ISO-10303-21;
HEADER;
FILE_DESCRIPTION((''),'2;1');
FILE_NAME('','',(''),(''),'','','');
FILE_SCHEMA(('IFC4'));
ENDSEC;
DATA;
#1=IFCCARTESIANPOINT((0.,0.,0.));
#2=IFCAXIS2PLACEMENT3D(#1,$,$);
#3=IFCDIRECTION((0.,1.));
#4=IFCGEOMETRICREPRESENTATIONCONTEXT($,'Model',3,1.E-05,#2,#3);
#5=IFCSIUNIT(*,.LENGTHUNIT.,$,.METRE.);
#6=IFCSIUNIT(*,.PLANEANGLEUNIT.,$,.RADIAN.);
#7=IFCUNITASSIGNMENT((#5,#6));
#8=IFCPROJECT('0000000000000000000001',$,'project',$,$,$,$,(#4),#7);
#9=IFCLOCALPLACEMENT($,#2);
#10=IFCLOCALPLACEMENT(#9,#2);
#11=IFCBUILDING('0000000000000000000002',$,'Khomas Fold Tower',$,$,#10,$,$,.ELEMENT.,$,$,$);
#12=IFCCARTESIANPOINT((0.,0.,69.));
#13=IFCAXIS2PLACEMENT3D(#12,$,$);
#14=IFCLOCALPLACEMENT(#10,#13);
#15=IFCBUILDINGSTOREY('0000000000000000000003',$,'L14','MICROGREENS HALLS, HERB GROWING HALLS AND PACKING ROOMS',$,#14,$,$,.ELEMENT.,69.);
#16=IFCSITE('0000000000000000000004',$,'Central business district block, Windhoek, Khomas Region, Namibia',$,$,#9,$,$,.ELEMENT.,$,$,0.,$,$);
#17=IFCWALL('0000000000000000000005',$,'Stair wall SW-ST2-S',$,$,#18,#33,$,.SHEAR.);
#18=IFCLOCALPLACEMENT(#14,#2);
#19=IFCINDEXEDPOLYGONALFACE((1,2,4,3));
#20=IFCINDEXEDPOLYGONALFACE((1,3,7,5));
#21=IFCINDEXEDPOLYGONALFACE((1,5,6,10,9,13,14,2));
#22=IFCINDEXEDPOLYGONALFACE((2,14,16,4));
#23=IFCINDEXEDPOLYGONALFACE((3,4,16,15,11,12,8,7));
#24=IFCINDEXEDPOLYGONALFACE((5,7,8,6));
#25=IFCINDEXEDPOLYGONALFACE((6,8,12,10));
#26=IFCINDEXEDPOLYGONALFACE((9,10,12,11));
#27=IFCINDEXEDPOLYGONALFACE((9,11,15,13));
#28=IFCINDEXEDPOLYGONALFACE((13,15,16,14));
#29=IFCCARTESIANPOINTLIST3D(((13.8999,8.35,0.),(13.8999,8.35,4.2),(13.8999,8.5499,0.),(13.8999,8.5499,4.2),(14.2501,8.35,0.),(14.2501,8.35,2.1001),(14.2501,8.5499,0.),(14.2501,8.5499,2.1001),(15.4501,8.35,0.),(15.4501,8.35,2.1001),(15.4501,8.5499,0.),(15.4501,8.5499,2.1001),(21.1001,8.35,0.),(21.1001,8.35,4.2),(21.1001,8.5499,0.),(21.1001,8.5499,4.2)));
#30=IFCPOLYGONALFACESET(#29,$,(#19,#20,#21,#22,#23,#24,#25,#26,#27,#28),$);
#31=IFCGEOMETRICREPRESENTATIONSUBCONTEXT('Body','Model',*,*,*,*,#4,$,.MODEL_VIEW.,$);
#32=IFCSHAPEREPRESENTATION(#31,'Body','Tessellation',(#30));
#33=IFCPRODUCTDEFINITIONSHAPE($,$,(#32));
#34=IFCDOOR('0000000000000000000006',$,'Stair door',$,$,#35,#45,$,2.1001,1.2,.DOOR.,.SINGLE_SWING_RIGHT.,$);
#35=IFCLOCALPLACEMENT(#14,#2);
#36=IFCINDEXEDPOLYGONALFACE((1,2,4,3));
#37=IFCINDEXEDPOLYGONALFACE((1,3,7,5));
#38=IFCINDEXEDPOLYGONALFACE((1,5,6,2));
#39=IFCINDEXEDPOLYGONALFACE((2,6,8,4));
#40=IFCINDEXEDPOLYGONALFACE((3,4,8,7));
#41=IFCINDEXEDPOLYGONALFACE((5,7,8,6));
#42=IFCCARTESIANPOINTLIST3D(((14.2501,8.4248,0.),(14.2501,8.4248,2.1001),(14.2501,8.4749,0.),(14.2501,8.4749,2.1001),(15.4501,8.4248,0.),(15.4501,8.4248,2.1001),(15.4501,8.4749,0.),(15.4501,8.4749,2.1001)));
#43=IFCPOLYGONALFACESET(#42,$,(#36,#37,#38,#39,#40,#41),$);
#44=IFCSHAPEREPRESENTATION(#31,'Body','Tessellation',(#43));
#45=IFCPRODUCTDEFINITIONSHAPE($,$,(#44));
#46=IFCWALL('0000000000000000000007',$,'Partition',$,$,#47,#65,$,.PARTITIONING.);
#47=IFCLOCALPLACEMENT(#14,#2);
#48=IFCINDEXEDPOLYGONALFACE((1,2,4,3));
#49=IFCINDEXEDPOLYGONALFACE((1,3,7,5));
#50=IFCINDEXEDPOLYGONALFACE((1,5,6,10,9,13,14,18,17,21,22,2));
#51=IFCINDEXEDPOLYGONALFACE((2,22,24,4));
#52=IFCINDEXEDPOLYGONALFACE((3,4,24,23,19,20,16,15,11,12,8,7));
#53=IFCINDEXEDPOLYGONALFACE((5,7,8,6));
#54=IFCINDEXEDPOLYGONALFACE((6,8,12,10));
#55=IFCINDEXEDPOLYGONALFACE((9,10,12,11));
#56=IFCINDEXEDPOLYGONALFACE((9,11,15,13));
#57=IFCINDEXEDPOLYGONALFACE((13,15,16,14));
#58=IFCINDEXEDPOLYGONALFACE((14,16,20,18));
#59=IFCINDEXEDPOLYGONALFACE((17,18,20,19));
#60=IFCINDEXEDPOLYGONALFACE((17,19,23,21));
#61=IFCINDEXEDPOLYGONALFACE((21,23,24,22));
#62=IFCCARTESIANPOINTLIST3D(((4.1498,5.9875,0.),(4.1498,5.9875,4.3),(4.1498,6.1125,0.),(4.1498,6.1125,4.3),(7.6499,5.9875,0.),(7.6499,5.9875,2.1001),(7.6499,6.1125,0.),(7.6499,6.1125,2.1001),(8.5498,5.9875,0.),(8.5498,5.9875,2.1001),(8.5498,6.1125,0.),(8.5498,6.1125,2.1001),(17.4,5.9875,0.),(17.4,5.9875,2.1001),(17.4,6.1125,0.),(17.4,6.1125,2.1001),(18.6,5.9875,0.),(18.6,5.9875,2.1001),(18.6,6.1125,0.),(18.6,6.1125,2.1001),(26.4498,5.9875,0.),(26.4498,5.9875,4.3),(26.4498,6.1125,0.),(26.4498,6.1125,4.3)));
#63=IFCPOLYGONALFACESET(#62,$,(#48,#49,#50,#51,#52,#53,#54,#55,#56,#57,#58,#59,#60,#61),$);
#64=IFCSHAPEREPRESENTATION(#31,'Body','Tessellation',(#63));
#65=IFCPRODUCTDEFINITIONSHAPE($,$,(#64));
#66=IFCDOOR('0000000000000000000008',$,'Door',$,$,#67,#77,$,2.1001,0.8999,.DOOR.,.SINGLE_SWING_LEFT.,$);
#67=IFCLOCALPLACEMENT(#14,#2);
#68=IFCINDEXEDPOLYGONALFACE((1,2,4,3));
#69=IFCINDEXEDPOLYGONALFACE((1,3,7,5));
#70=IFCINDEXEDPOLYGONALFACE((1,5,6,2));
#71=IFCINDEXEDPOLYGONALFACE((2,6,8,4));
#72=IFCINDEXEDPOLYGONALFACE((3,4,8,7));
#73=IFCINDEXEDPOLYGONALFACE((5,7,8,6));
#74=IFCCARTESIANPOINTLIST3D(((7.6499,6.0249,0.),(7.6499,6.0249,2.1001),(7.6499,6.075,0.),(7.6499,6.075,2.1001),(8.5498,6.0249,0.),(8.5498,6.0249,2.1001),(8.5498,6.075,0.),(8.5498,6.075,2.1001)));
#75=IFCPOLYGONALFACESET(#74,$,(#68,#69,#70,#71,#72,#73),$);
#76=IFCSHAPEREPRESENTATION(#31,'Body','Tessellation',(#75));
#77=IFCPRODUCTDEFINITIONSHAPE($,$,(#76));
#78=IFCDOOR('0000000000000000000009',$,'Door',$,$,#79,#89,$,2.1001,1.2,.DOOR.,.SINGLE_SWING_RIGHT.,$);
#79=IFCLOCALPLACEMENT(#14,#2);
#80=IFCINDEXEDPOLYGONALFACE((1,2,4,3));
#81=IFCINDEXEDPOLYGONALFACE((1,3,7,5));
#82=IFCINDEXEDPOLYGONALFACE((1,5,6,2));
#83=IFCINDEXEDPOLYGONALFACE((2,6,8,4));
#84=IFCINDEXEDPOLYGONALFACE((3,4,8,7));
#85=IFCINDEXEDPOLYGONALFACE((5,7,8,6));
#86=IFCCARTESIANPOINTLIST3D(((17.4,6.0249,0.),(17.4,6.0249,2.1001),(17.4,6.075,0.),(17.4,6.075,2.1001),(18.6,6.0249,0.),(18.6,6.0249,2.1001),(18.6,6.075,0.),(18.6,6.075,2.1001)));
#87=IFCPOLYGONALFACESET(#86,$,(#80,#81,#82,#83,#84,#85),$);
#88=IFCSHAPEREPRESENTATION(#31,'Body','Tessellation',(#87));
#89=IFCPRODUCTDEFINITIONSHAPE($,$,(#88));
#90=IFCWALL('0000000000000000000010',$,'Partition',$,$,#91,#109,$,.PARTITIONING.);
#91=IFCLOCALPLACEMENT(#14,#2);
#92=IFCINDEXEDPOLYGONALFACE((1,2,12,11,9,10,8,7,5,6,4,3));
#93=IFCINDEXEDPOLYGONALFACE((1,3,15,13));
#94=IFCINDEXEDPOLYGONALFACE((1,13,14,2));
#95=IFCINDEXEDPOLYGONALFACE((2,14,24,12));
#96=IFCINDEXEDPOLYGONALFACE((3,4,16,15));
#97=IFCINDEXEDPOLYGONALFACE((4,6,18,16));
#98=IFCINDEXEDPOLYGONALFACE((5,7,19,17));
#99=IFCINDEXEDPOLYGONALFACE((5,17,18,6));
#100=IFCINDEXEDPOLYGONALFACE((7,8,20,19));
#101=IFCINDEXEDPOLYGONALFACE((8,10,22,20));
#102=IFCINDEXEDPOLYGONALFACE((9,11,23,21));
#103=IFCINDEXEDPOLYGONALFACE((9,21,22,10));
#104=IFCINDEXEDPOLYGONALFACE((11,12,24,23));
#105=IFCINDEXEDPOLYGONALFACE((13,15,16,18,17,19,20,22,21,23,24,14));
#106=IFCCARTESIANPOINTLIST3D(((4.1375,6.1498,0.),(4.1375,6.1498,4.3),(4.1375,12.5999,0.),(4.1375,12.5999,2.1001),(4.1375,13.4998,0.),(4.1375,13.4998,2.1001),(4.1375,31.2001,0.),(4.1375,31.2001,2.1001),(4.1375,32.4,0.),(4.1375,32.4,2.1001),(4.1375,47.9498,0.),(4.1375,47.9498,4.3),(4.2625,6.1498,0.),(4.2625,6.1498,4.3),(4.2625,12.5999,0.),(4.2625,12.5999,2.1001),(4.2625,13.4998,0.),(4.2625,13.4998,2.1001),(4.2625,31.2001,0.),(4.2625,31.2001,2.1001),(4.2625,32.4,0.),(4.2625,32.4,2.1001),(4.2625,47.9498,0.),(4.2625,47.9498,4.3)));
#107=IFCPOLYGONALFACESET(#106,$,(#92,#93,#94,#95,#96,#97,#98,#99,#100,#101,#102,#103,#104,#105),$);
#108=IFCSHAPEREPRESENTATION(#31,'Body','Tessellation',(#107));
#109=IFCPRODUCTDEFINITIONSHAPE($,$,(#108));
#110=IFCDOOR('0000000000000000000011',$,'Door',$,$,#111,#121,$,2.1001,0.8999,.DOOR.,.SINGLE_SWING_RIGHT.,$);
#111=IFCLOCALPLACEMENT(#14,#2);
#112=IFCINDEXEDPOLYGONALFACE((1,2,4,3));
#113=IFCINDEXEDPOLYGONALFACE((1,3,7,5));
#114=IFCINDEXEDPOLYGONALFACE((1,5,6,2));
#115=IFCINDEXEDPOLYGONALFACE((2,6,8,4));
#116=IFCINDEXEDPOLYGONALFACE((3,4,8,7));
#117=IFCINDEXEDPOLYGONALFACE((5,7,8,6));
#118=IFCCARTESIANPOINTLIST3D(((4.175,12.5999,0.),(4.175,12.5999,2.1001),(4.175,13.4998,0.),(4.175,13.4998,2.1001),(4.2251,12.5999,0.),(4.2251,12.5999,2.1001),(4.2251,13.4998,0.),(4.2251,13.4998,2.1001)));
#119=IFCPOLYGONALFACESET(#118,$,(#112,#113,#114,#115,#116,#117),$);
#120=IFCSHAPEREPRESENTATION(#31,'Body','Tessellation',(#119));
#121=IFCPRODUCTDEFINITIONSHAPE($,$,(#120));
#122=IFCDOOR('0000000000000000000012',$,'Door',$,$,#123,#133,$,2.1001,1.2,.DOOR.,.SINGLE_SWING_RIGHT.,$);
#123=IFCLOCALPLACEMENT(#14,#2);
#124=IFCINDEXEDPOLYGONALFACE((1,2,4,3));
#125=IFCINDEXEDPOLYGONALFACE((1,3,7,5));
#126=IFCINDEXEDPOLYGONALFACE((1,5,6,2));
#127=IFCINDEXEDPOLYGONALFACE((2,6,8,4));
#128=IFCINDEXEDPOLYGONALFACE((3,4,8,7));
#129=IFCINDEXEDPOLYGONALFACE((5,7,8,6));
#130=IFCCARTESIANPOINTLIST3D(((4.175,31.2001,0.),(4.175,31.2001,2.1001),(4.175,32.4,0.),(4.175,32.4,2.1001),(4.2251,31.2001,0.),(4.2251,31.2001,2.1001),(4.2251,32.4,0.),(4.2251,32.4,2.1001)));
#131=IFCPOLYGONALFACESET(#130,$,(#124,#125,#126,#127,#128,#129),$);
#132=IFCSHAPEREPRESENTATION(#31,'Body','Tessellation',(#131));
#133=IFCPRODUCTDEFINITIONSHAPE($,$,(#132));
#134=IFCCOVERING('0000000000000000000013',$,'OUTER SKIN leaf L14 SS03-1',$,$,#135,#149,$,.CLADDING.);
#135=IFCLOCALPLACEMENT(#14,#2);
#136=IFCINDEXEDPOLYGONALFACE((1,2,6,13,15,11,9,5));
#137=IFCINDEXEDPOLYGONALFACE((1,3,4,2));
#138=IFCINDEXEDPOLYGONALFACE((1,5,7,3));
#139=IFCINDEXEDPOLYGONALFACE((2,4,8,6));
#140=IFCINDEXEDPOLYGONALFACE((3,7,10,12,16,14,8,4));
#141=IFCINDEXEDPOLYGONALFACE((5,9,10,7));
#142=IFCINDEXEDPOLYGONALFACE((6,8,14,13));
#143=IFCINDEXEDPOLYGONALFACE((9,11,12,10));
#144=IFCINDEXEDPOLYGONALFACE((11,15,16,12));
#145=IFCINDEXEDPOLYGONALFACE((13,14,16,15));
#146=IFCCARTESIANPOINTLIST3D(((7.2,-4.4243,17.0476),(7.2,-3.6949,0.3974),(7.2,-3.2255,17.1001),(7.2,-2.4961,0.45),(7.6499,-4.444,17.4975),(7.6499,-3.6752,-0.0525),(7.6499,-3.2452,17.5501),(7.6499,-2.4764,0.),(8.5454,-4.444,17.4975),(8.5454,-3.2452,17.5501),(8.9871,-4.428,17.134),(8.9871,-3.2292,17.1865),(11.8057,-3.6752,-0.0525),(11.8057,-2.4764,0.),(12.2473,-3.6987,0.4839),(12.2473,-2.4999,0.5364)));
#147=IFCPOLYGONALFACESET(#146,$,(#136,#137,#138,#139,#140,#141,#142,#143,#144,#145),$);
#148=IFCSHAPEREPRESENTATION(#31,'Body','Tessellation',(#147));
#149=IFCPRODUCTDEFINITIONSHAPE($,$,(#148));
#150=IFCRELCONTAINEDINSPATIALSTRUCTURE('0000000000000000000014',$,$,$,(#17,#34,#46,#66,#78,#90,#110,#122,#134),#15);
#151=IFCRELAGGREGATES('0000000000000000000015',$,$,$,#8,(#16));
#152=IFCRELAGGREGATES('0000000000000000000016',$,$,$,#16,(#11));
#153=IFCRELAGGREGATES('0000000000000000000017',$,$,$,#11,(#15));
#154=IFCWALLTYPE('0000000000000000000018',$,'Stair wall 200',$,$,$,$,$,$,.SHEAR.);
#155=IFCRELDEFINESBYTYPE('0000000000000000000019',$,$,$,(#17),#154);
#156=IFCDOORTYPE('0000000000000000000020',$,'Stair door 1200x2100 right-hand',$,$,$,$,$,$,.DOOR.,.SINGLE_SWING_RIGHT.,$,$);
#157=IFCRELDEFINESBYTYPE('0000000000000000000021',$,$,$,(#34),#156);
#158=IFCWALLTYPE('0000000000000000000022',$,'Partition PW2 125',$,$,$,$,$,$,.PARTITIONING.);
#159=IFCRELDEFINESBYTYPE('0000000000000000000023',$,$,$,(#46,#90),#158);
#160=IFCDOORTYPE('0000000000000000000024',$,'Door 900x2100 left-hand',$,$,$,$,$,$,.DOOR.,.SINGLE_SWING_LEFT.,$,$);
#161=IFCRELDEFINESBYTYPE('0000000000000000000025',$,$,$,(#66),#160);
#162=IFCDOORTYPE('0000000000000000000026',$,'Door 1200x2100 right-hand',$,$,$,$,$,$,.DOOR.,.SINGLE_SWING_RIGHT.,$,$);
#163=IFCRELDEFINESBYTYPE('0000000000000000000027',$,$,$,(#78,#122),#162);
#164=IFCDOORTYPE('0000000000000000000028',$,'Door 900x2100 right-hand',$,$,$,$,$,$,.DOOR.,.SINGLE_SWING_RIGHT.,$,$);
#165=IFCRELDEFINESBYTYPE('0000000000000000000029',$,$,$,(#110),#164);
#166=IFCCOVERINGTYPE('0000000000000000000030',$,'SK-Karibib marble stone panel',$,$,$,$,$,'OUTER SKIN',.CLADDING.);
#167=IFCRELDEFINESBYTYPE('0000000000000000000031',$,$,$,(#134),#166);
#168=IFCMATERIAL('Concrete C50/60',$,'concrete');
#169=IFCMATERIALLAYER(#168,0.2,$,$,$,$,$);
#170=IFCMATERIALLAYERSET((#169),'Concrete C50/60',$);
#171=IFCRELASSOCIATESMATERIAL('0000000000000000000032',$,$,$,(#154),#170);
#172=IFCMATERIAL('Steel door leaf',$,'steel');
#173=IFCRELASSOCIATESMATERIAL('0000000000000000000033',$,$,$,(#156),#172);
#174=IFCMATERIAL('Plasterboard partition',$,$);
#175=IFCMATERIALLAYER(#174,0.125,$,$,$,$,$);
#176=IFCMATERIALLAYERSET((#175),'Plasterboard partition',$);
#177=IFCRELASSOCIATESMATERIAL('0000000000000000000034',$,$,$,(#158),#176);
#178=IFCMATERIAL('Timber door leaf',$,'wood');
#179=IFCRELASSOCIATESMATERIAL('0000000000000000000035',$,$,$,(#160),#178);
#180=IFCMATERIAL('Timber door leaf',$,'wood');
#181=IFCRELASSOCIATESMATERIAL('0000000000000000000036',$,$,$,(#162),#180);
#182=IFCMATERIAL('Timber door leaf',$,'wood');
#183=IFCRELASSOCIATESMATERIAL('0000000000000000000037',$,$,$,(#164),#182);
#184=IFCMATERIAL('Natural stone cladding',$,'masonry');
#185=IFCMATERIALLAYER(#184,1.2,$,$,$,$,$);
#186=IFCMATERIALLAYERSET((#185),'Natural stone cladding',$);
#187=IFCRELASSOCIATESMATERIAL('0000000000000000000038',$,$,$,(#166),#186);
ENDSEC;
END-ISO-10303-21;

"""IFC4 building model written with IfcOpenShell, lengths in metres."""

from ifc_helpers import new_model, si_unit, direction, frame, frame_2d, origin, place, context, subcontext, project, spatial, polyline, rectangle, outline, extrude, source, transform, mapped, material, layer, layer_set, type_object, element, fill, save


model = new_model("IFC4")

# Units and contexts
model_context = context("Model", 3, precision=1e-05, world=origin(), true_north=direction((0.0, 1.0)))
body_context = subcontext(model_context, "Body", "Model", "MODEL_VIEW")
ifc_project = project(units=[si_unit("LENGTHUNIT", "METRE"), si_unit("PLANEANGLEUNIT", "RADIAN")], contexts=[model_context])

# Site, building, storey
site_placement = place(None, origin())
site = spatial("IfcSite", under=ifc_project, at=site_placement, Name="Central business district block, Windhoek, Khomas Region, Namibia", CompositionType="ELEMENT", RefElevation=0.0)
building_placement = place(site_placement, origin())
building = spatial("IfcBuilding", under=site, at=building_placement, Name="Khomas Fold Tower", CompositionType="ELEMENT")
storey_placement = place(building_placement, frame((0.0, 0.0, 69.0)))
storey = spatial("IfcBuildingStorey", under=building, at=storey_placement, Name="L14", Description="MICROGREENS HALLS, HERB GROWING HALLS AND PACKING ROOMS", CompositionType="ELEMENT", Elevation=69.0)

# Wall, opening, door
ifc_material_1 = material(Name="Concrete C50/60", Category="concrete")
ifc_layer_1 = layer(ifc_material_1, 0.2)
ifc_layer_set_1 = layer_set([ifc_layer_1], Name="Concrete C50/60")
wall_type_1 = type_object("IfcWallType", Name="Stair wall 200", PredefinedType="SHEAR", material=ifc_layer_set_1)
shared_shape_1 = source(origin(), body_context, "Body", "SweptSolid", [
    extrude(rectangle(XDim=7.2002, YDim=0.2, at=frame_2d((3.6001, 0.0))), origin(), (0.0, 0.0, 1.0), 4.2),
])
wall_1_placement = place(storey_placement, frame((13.8999, 8.45, 0.0), z_axis=(0.0, 0.0, 1.0), x_axis=(1.0, 0.0, 0.0)))
wall_1 = element("IfcWall", 1, at=wall_1_placement, inside=storey, type_object=wall_type_1, Name="Stair wall SW-ST2-S", PredefinedType="SHEAR", context=body_context, shape_type="MappedRepresentation", body=[
    mapped(shared_shape_1, transform((0.0, 0.0, 0.0))),
])
shared_shape_2 = source(origin(), body_context, "Body", "SweptSolid", [
    extrude(rectangle(XDim=1.2, YDim=2.1001, at=frame_2d((0.6001, 1.05))), frame((0.0, 0.1099, 0.0), z_axis=(0.0, -1.0, 0.0), x_axis=(1.0, 0.0, 0.0)), (0.0, 0.0, 1.0), 0.22),
])
opening_1_placement = place(wall_1_placement, frame((0.3501, 0.0, 0.0)))
opening_1 = element("IfcOpeningElement", 2, at=opening_1_placement, cuts=wall_1, PredefinedType="OPENING", context=body_context, shape_type="MappedRepresentation", body=[
    mapped(shared_shape_2, transform((0.0, 0.0, 0.0))),
])
ifc_material_2 = material(Name="Steel door leaf", Category="steel")
door_type_1 = type_object("IfcDoorType", Name="Stair door 1200x2100 right-hand", OperationType="SINGLE_SWING_RIGHT", PredefinedType="DOOR", material=ifc_material_2)
shared_shape_3 = source(origin(), body_context, "Body", "SweptSolid", [
    extrude(rectangle(XDim=1.2, YDim=2.1001, at=frame_2d((0.6001, 1.05))), frame((0.0, 0.0249, 0.0), z_axis=(0.0, -1.0, 0.0), x_axis=(1.0, 0.0, 0.0)), (0.0, 0.0, 1.0), 0.05),
])
door_1_placement = place(opening_1_placement, origin())
door_1 = element("IfcDoor", 3, at=door_1_placement, inside=storey, type_object=door_type_1, Name="Stair door", OperationType="SINGLE_SWING_RIGHT", OverallHeight=2.1001, OverallWidth=1.2, PredefinedType="DOOR", context=body_context, shape_type="MappedRepresentation", body=[
    mapped(shared_shape_3, transform((0.0, 0.0, 0.0))),
])
fill(opening_1, door_1)

# Walls, openings, doors
ifc_material_3 = material(Name="Plasterboard partition")
ifc_layer_2 = layer(ifc_material_3, 0.125)
ifc_layer_set_2 = layer_set([ifc_layer_2], Name="Plasterboard partition")
wall_type_2 = type_object("IfcWallType", Name="Partition PW2 125", PredefinedType="PARTITIONING", material=ifc_layer_set_2)
shared_shape_4 = source(origin(), body_context, "Body", "SweptSolid", [
    extrude(rectangle(XDim=22.3, YDim=0.125, at=frame_2d((11.1499, 0.0))), origin(), (0.0, 0.0, 1.0), 4.3),
])
wall_2_placement = place(storey_placement, frame((4.1499, 6.05, 0.0), z_axis=(0.0, 0.0, 1.0), x_axis=(1.0, 0.0, 0.0)))
wall_2 = element("IfcWall", 4, at=wall_2_placement, inside=storey, type_object=wall_type_2, Name="Partition", PredefinedType="PARTITIONING", context=body_context, shape_type="MappedRepresentation", body=[
    mapped(shared_shape_4, transform((0.0, 0.0, 0.0))),
])
shared_shape_5 = source(origin(), body_context, "Body", "SweptSolid", [
    extrude(rectangle(XDim=0.8999, YDim=2.1001, at=frame_2d((0.45, 1.05))), frame((0.0, 0.0725, 0.0), z_axis=(0.0, -1.0, 0.0), x_axis=(1.0, 0.0, 0.0)), (0.0, 0.0, 1.0), 0.145),
])
opening_2_placement = place(wall_2_placement, frame((3.5, 0.0, 0.0)))
opening_2 = element("IfcOpeningElement", 5, at=opening_2_placement, cuts=wall_2, PredefinedType="OPENING", context=body_context, shape_type="MappedRepresentation", body=[
    mapped(shared_shape_5, transform((0.0, 0.0, 0.0))),
])
shared_shape_6 = source(origin(), body_context, "Body", "SweptSolid", [
    extrude(rectangle(XDim=1.2, YDim=2.1001, at=frame_2d((0.6001, 1.05))), frame((0.0, 0.0725, 0.0), z_axis=(0.0, -1.0, 0.0), x_axis=(1.0, 0.0, 0.0)), (0.0, 0.0, 1.0), 0.145),
])
opening_3_placement = place(wall_2_placement, frame((13.25, 0.0, 0.0)))
opening_3 = element("IfcOpeningElement", 6, at=opening_3_placement, cuts=wall_2, PredefinedType="OPENING", context=body_context, shape_type="MappedRepresentation", body=[
    mapped(shared_shape_6, transform((0.0, 0.0, 0.0))),
])
ifc_material_4 = material(Name="Timber door leaf", Category="wood")
door_type_2 = type_object("IfcDoorType", Name="Door 900x2100 left-hand", OperationType="SINGLE_SWING_LEFT", PredefinedType="DOOR", material=ifc_material_4)
shared_shape_7 = source(origin(), body_context, "Body", "SweptSolid", [
    extrude(rectangle(XDim=0.8999, YDim=2.1001, at=frame_2d((0.45, 1.05))), frame((0.0, 0.0249, 0.0), z_axis=(0.0, -1.0, 0.0), x_axis=(1.0, 0.0, 0.0)), (0.0, 0.0, 1.0), 0.05),
])
door_2_placement = place(opening_2_placement, origin())
door_2 = element("IfcDoor", 7, at=door_2_placement, inside=storey, type_object=door_type_2, Name="Door", OperationType="SINGLE_SWING_LEFT", OverallHeight=2.1001, OverallWidth=0.8999, PredefinedType="DOOR", context=body_context, shape_type="MappedRepresentation", body=[
    mapped(shared_shape_7, transform((0.0, 0.0, 0.0))),
])
fill(opening_2, door_2)
ifc_material_5 = material(Name="Timber door leaf", Category="wood")
door_type_3 = type_object("IfcDoorType", Name="Door 1200x2100 right-hand", OperationType="SINGLE_SWING_RIGHT", PredefinedType="DOOR", material=ifc_material_5)
door_3_placement = place(opening_3_placement, origin())
door_3 = element("IfcDoor", 8, at=door_3_placement, inside=storey, type_object=door_type_3, Name="Door", OperationType="SINGLE_SWING_RIGHT", OverallHeight=2.1001, OverallWidth=1.2, PredefinedType="DOOR", context=body_context, shape_type="MappedRepresentation", body=[
    mapped(shared_shape_3, transform((0.0, 0.0, 0.0))),
])
fill(opening_3, door_3)
shared_shape_8 = source(origin(), body_context, "Body", "SweptSolid", [
    extrude(rectangle(XDim=41.8, YDim=0.125, at=frame_2d((20.8999, 0.0))), origin(), (0.0, 0.0, 1.0), 4.3),
])
wall_3_placement = place(storey_placement, frame((4.2, 6.1499, 0.0), z_axis=(0.0, 0.0, 1.0), x_axis=(0.0, 1.0, 0.0)))
wall_3 = element("IfcWall", 9, at=wall_3_placement, inside=storey, type_object=wall_type_2, Name="Partition", PredefinedType="PARTITIONING", context=body_context, shape_type="MappedRepresentation", body=[
    mapped(shared_shape_8, transform((0.0, 0.0, 0.0))),
])
opening_4_placement = place(wall_3_placement, frame((6.45, 0.0, 0.0)))
opening_4 = element("IfcOpeningElement", 10, at=opening_4_placement, cuts=wall_3, PredefinedType="OPENING", context=body_context, shape_type="MappedRepresentation", body=[
    mapped(shared_shape_5, transform((0.0, 0.0, 0.0))),
])
opening_5_placement = place(wall_3_placement, frame((25.05, 0.0, 0.0)))
opening_5 = element("IfcOpeningElement", 11, at=opening_5_placement, cuts=wall_3, PredefinedType="OPENING", context=body_context, shape_type="MappedRepresentation", body=[
    mapped(shared_shape_6, transform((0.0, 0.0, 0.0))),
])
ifc_material_6 = material(Name="Timber door leaf", Category="wood")
door_type_4 = type_object("IfcDoorType", Name="Door 900x2100 right-hand", OperationType="SINGLE_SWING_RIGHT", PredefinedType="DOOR", material=ifc_material_6)
door_4_placement = place(opening_4_placement, origin())
door_4 = element("IfcDoor", 12, at=door_4_placement, inside=storey, type_object=door_type_4, Name="Door", OperationType="SINGLE_SWING_RIGHT", OverallHeight=2.1001, OverallWidth=0.8999, PredefinedType="DOOR", context=body_context, shape_type="MappedRepresentation", body=[
    mapped(shared_shape_7, transform((0.0, 0.0, 0.0))),
])
fill(opening_4, door_4)
door_5_placement = place(opening_5_placement, origin())
door_5 = element("IfcDoor", 13, at=door_5_placement, inside=storey, type_object=door_type_3, Name="Door", OperationType="SINGLE_SWING_RIGHT", OverallHeight=2.1001, OverallWidth=1.2, PredefinedType="DOOR", context=body_context, shape_type="MappedRepresentation", body=[
    mapped(shared_shape_3, transform((0.0, 0.0, 0.0))),
])
fill(opening_5, door_5)

# Covering
ifc_material_7 = material(Name="Natural stone cladding", Category="masonry")
ifc_layer_3 = layer(ifc_material_7, 1.2)
ifc_layer_set_3 = layer_set([ifc_layer_3], Name="Natural stone cladding")
covering_type = type_object("IfcCoveringType", Name="SK-Karibib marble stone panel", ElementType="OUTER SKIN", PredefinedType="CLADDING", material=ifc_layer_set_3)
covering_placement = place(storey_placement, frame((8.9871, -3.2292, 17.1865), z_axis=(0.0, 0.999042, 0.043762), x_axis=(0.191983, 0.042948, -0.980458)))
element("IfcCovering", 14, at=covering_placement, inside=storey, type_object=covering_type, Name="OUTER SKIN leaf L14 SS03-1", PredefinedType="CLADDING", context=body_context, shape_type="SweptSolid", body=[
    extrude(outline(polyline([(0.0, 0.0), (16.982, 0.0), (17.4241, 0.5365), (16.6263, 4.615), (16.0979, 4.9701), (-0.2582, 1.7705), (-0.6138, 1.2424), (-0.4419, 0.3636), (0.0, 0.0)])), origin(), (0.0, 0.0, -1.0), 1.2),
])

save(model, "model.ifc")
